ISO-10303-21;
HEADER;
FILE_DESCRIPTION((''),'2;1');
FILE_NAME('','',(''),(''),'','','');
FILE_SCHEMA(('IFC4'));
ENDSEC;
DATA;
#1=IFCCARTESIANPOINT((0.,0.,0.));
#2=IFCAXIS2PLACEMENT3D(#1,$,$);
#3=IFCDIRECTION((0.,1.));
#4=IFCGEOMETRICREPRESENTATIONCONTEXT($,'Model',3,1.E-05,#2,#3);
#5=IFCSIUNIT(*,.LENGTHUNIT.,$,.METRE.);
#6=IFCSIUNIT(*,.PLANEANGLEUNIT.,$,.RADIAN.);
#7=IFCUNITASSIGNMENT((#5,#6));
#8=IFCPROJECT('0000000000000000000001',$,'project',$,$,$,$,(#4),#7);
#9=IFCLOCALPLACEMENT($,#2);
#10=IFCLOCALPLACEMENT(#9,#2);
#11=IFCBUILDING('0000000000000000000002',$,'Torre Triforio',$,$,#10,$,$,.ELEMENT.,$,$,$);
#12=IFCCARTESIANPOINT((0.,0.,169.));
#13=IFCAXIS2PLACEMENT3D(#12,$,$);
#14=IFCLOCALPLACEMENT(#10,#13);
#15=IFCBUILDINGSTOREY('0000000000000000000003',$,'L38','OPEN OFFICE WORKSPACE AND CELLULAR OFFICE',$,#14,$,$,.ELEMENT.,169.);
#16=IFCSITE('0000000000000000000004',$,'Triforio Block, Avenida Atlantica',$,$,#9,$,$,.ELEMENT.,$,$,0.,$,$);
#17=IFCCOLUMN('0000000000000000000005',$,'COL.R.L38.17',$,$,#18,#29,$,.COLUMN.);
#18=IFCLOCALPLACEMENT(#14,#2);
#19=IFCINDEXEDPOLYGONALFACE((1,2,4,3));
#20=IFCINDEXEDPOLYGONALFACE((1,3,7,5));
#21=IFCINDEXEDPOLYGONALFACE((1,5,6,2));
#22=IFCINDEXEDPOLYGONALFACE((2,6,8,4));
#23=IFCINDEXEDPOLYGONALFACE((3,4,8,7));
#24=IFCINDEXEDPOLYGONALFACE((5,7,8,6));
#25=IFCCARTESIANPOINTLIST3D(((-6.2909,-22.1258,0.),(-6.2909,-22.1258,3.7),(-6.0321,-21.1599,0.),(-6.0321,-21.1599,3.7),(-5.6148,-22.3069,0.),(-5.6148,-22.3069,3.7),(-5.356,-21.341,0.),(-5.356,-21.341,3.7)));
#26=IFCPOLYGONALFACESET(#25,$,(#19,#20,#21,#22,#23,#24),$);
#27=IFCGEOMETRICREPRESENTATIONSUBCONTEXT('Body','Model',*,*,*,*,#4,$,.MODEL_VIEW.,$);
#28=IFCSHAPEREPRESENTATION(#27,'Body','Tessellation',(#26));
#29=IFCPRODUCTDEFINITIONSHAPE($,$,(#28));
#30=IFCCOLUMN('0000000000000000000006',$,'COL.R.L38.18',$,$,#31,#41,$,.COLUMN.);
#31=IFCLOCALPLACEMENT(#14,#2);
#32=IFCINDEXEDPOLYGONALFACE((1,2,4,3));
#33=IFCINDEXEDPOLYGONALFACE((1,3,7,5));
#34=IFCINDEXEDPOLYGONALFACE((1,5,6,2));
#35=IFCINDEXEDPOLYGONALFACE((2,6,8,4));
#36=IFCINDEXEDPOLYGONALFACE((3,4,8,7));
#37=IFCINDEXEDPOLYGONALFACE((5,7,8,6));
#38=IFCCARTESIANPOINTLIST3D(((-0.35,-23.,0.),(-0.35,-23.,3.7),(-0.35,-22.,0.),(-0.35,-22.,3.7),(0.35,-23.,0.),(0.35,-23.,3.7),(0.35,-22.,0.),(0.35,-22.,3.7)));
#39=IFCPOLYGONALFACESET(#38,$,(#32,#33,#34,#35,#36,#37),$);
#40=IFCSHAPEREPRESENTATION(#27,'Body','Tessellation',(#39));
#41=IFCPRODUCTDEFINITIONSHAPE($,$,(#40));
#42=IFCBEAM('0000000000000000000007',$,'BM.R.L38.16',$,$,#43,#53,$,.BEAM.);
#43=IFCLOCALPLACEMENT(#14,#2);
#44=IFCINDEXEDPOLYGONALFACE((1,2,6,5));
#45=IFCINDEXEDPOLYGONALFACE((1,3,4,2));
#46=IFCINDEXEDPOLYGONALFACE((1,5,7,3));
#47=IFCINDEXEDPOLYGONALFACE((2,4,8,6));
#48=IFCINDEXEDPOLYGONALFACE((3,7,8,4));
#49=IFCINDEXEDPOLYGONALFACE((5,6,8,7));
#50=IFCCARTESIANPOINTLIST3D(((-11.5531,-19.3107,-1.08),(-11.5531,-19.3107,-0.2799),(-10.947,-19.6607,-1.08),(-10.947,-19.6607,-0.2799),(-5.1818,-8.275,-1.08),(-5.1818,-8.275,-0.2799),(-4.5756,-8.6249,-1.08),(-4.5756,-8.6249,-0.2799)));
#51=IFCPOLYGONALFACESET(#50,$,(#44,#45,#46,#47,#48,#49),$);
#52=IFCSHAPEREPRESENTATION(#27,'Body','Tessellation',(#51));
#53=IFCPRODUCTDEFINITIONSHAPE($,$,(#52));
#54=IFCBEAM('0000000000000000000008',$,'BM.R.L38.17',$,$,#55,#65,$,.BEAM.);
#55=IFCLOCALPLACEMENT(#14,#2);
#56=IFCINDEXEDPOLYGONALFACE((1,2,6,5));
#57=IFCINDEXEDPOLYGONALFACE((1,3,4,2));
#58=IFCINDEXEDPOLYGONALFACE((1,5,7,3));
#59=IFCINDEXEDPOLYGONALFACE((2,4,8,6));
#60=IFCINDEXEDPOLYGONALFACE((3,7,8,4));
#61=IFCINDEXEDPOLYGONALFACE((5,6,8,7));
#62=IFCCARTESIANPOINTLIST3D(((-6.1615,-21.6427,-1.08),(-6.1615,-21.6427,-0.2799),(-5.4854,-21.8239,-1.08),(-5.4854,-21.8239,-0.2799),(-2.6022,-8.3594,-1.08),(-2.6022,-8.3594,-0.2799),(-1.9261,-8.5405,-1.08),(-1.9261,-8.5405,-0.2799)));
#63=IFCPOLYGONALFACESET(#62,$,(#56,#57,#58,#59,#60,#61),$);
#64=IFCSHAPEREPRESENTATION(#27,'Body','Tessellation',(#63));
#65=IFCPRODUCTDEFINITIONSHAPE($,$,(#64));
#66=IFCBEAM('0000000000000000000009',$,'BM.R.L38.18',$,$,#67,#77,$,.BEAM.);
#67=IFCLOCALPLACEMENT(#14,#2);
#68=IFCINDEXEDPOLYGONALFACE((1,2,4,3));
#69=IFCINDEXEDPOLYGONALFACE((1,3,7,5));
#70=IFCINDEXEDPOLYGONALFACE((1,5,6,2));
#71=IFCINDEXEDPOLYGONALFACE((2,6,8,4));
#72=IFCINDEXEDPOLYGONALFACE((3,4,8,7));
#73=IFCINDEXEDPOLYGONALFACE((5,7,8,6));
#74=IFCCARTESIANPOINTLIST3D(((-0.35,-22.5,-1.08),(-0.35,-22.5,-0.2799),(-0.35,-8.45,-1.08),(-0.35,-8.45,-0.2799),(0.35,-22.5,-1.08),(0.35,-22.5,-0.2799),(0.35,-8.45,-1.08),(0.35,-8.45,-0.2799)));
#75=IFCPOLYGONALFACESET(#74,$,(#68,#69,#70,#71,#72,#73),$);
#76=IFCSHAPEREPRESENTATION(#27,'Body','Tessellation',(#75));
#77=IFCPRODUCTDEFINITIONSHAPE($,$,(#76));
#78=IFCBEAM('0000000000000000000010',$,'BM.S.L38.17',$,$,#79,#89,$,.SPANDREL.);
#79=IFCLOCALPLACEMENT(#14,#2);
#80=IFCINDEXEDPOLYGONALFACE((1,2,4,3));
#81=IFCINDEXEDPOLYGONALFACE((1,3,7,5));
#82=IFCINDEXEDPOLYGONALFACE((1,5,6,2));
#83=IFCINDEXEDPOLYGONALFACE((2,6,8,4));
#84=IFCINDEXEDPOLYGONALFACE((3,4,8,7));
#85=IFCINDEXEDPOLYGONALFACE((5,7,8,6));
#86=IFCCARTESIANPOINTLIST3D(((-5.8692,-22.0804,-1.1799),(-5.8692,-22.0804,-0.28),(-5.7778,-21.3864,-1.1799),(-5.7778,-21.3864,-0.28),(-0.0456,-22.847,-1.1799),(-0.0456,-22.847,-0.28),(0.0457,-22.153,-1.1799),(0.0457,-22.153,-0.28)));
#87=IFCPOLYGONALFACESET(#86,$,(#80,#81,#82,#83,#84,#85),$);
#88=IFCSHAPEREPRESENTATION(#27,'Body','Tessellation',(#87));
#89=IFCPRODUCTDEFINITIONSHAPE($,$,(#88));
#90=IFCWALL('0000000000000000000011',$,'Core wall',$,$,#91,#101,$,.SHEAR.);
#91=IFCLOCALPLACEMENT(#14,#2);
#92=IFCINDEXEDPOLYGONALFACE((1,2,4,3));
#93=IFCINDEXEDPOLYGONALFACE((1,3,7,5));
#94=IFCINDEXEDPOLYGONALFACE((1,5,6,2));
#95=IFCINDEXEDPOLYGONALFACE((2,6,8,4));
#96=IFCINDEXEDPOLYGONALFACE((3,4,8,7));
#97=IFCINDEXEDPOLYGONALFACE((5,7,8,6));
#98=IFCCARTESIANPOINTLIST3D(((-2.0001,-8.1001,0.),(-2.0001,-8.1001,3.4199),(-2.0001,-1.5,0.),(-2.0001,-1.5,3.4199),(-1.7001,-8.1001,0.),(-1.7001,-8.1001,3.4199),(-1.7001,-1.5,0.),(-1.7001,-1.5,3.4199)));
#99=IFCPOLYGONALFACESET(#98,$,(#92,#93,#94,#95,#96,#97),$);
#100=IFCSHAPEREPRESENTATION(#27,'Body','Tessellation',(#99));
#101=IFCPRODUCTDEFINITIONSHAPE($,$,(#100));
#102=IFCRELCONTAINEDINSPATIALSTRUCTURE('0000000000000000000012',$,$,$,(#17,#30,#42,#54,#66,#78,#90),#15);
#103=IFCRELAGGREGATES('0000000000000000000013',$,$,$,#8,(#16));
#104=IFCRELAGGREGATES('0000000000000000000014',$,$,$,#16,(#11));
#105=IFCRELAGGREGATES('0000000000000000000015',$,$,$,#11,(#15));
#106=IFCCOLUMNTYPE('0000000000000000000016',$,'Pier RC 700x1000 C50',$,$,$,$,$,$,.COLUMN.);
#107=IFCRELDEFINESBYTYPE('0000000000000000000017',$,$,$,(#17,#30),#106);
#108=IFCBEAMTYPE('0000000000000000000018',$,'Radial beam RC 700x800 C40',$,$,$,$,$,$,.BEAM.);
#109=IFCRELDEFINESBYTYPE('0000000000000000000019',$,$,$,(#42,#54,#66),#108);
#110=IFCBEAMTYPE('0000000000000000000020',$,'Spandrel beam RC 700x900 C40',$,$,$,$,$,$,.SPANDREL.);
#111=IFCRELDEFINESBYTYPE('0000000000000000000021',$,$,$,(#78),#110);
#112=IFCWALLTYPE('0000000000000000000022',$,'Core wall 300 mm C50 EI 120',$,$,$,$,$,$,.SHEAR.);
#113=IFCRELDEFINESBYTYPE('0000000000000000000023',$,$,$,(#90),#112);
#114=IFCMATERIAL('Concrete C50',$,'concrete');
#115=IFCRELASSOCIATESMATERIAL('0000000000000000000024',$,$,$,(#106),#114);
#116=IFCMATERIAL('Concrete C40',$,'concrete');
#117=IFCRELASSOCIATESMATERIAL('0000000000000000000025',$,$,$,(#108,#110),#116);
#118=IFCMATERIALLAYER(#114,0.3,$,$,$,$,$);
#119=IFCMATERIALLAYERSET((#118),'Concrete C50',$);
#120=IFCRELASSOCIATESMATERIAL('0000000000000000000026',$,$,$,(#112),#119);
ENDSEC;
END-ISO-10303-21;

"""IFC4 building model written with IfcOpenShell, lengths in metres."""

from ifc_helpers import new_model, si_unit, direction, frame, frame_2d, origin, origin_2d, place, context, subcontext, project, spatial, rectangle, extrude, material, layer, layer_set, material_profile, profile_set, type_object, element, save


model = new_model("IFC4")

# Units and contexts
model_context = context("Model", 3, precision=1e-05, world=origin(), true_north=direction((0.0, 1.0)))
body_context = subcontext(model_context, "Body", "Model", "MODEL_VIEW")
ifc_project = project(units=[si_unit("LENGTHUNIT", "METRE"), si_unit("PLANEANGLEUNIT", "RADIAN")], contexts=[model_context])

# Site, building, storey
site_placement = place(None, origin())
site = spatial("IfcSite", under=ifc_project, at=site_placement, Name="Triforio Block, Avenida Atlantica", CompositionType="ELEMENT", RefElevation=0.0)
building_placement = place(site_placement, origin())
building = spatial("IfcBuilding", under=site, at=building_placement, Name="Torre Triforio", CompositionType="ELEMENT")
storey_placement = place(building_placement, frame((0.0, 0.0, 169.0)))
storey = spatial("IfcBuildingStorey", under=building, at=storey_placement, Name="L38", Description="OPEN OFFICE WORKSPACE AND CELLULAR OFFICE", CompositionType="ELEMENT", Elevation=169.0)

# Columns
ifc_material_1 = material(Name="Concrete C50", Category="concrete")
ifc_material_profile_1 = material_profile(ifc_material_1, rectangle(XDim=0.7, YDim=1.0, at=origin_2d()), Name="RC 700x1000")
ifc_profile_set_1 = profile_set([ifc_material_profile_1], Name="Concrete C50")
column_type = type_object("IfcColumnType", Name="Pier RC 700x1000 C50", PredefinedType="COLUMN", material=ifc_profile_set_1)
for number, where, z_axis, x_axis, name in (
    (1, (-5.8235, -21.7334, 0.0), (0.0, 0.0, 1.0), (0.965926, -0.258819, 0.0), "COL.R.L38.17"),
    (2, (0.0, -22.5, 0.0), (0.0, 0.0, 1.0), (1.0, 0.0, 0.0), "COL.R.L38.18"),
):
    element("IfcColumn", number, at=place(storey_placement, frame(where, z_axis=z_axis, x_axis=x_axis)), inside=storey, type_object=column_type, Name=name, PredefinedType="COLUMN", context=body_context, shape_type="SweptSolid", body=[
        extrude(rectangle(XDim=0.7, YDim=1.0, at=origin_2d()), origin(), (0.0, 0.0, 1.0), 3.7),
    ])

# Beams
ifc_material_2 = material(Name="Concrete C40", Category="concrete")
ifc_material_profile_2 = material_profile(ifc_material_2, rectangle(XDim=0.7, YDim=0.8, at=origin_2d()), Name="RC 700x800")
ifc_profile_set_2 = profile_set([ifc_material_profile_2], Name="Concrete C40")
beam_type_1 = type_object("IfcBeamType", Name="Radial beam RC 700x800 C40", PredefinedType="BEAM", material=ifc_profile_set_2)
beam_1_placement = place(storey_placement, frame((-4.8787, -8.45, -0.6799), z_axis=(-0.499994, -0.866029, 0.0), x_axis=(0.866029, -0.499994, 0.0)))
element("IfcBeam", 3, at=beam_1_placement, inside=storey, type_object=beam_type_1, Name="BM.R.L38.16", PredefinedType="BEAM", context=body_context, shape_type="SweptSolid", body=[
    extrude(rectangle(XDim=0.7, YDim=0.8, at=origin_2d()), origin(), (0.0, 0.0, 1.0), 12.7429),
])
beam_2_placement = place(storey_placement, frame((-2.2642, -8.45, -0.6799), z_axis=(-0.258822, -0.965925, 0.0), x_axis=(0.965925, -0.258822, 0.0)))
element("IfcBeam", 4, at=beam_2_placement, inside=storey, type_object=beam_type_1, Name="BM.R.L38.17", PredefinedType="BEAM", context=body_context, shape_type="SweptSolid", body=[
    extrude(rectangle(XDim=0.7, YDim=0.8, at=origin_2d()), origin(), (0.0, 0.0, 1.0), 13.752),
])
beam_3_placement = place(storey_placement, frame((0.0, -8.45, -0.6799), z_axis=(0.0, -1.0, 0.0), x_axis=(1.0, 0.0, 0.0)))
element("IfcBeam", 5, at=beam_3_placement, inside=storey, type_object=beam_type_1, Name="BM.R.L38.18", PredefinedType="BEAM", context=body_context, shape_type="SweptSolid", body=[
    extrude(rectangle(XDim=0.7, YDim=0.8, at=origin_2d()), origin(), (0.0, 0.0, 1.0), 14.05),
])
ifc_material_profile_3 = material_profile(ifc_material_2, rectangle(XDim=0.7, YDim=0.8999, at=origin_2d()), Name="RC 700x900")
ifc_profile_set_3 = profile_set([ifc_material_profile_3], Name="Concrete C40")
beam_type_2 = type_object("IfcBeamType", Name="Spandrel beam RC 700x900 C40", PredefinedType="SPANDREL", material=ifc_profile_set_3)
beam_4_placement = place(storey_placement, frame((-5.8235, -21.7334, -0.73), z_axis=(0.991447, -0.130514, 0.0), x_axis=(0.130514, 0.991447, 0.0)))
element("IfcBeam", 6, at=beam_4_placement, inside=storey, type_object=beam_type_2, Name="BM.S.L38.17", PredefinedType="SPANDREL", context=body_context, shape_type="SweptSolid", body=[
    extrude(rectangle(XDim=0.7, YDim=0.8999, at=origin_2d()), origin(), (0.0, 0.0, 1.0), 5.8738),
])

# Wall
ifc_layer_1 = layer(ifc_material_1, 0.3)
ifc_layer_set_1 = layer_set([ifc_layer_1], Name="Concrete C50")
wall_type_1 = type_object("IfcWallType", Name="Core wall 300 mm C50 EI 120", PredefinedType="SHEAR", material=ifc_layer_set_1)
wall_1_placement = place(storey_placement, frame((-1.8501, -8.1001, 0.0), z_axis=(0.0, 0.0, 1.0), x_axis=(0.0, 1.0, 0.0)))
element("IfcWall", 7, at=wall_1_placement, inside=storey, type_object=wall_type_1, Name="Core wall", PredefinedType="SHEAR", context=body_context, shape_type="SweptSolid", body=[
    extrude(rectangle(XDim=6.6001, YDim=0.3, at=frame_2d((3.3, 0.0))), origin(), (0.0, 0.0, 1.0), 3.4199),
])

save(model, "model.ifc")
